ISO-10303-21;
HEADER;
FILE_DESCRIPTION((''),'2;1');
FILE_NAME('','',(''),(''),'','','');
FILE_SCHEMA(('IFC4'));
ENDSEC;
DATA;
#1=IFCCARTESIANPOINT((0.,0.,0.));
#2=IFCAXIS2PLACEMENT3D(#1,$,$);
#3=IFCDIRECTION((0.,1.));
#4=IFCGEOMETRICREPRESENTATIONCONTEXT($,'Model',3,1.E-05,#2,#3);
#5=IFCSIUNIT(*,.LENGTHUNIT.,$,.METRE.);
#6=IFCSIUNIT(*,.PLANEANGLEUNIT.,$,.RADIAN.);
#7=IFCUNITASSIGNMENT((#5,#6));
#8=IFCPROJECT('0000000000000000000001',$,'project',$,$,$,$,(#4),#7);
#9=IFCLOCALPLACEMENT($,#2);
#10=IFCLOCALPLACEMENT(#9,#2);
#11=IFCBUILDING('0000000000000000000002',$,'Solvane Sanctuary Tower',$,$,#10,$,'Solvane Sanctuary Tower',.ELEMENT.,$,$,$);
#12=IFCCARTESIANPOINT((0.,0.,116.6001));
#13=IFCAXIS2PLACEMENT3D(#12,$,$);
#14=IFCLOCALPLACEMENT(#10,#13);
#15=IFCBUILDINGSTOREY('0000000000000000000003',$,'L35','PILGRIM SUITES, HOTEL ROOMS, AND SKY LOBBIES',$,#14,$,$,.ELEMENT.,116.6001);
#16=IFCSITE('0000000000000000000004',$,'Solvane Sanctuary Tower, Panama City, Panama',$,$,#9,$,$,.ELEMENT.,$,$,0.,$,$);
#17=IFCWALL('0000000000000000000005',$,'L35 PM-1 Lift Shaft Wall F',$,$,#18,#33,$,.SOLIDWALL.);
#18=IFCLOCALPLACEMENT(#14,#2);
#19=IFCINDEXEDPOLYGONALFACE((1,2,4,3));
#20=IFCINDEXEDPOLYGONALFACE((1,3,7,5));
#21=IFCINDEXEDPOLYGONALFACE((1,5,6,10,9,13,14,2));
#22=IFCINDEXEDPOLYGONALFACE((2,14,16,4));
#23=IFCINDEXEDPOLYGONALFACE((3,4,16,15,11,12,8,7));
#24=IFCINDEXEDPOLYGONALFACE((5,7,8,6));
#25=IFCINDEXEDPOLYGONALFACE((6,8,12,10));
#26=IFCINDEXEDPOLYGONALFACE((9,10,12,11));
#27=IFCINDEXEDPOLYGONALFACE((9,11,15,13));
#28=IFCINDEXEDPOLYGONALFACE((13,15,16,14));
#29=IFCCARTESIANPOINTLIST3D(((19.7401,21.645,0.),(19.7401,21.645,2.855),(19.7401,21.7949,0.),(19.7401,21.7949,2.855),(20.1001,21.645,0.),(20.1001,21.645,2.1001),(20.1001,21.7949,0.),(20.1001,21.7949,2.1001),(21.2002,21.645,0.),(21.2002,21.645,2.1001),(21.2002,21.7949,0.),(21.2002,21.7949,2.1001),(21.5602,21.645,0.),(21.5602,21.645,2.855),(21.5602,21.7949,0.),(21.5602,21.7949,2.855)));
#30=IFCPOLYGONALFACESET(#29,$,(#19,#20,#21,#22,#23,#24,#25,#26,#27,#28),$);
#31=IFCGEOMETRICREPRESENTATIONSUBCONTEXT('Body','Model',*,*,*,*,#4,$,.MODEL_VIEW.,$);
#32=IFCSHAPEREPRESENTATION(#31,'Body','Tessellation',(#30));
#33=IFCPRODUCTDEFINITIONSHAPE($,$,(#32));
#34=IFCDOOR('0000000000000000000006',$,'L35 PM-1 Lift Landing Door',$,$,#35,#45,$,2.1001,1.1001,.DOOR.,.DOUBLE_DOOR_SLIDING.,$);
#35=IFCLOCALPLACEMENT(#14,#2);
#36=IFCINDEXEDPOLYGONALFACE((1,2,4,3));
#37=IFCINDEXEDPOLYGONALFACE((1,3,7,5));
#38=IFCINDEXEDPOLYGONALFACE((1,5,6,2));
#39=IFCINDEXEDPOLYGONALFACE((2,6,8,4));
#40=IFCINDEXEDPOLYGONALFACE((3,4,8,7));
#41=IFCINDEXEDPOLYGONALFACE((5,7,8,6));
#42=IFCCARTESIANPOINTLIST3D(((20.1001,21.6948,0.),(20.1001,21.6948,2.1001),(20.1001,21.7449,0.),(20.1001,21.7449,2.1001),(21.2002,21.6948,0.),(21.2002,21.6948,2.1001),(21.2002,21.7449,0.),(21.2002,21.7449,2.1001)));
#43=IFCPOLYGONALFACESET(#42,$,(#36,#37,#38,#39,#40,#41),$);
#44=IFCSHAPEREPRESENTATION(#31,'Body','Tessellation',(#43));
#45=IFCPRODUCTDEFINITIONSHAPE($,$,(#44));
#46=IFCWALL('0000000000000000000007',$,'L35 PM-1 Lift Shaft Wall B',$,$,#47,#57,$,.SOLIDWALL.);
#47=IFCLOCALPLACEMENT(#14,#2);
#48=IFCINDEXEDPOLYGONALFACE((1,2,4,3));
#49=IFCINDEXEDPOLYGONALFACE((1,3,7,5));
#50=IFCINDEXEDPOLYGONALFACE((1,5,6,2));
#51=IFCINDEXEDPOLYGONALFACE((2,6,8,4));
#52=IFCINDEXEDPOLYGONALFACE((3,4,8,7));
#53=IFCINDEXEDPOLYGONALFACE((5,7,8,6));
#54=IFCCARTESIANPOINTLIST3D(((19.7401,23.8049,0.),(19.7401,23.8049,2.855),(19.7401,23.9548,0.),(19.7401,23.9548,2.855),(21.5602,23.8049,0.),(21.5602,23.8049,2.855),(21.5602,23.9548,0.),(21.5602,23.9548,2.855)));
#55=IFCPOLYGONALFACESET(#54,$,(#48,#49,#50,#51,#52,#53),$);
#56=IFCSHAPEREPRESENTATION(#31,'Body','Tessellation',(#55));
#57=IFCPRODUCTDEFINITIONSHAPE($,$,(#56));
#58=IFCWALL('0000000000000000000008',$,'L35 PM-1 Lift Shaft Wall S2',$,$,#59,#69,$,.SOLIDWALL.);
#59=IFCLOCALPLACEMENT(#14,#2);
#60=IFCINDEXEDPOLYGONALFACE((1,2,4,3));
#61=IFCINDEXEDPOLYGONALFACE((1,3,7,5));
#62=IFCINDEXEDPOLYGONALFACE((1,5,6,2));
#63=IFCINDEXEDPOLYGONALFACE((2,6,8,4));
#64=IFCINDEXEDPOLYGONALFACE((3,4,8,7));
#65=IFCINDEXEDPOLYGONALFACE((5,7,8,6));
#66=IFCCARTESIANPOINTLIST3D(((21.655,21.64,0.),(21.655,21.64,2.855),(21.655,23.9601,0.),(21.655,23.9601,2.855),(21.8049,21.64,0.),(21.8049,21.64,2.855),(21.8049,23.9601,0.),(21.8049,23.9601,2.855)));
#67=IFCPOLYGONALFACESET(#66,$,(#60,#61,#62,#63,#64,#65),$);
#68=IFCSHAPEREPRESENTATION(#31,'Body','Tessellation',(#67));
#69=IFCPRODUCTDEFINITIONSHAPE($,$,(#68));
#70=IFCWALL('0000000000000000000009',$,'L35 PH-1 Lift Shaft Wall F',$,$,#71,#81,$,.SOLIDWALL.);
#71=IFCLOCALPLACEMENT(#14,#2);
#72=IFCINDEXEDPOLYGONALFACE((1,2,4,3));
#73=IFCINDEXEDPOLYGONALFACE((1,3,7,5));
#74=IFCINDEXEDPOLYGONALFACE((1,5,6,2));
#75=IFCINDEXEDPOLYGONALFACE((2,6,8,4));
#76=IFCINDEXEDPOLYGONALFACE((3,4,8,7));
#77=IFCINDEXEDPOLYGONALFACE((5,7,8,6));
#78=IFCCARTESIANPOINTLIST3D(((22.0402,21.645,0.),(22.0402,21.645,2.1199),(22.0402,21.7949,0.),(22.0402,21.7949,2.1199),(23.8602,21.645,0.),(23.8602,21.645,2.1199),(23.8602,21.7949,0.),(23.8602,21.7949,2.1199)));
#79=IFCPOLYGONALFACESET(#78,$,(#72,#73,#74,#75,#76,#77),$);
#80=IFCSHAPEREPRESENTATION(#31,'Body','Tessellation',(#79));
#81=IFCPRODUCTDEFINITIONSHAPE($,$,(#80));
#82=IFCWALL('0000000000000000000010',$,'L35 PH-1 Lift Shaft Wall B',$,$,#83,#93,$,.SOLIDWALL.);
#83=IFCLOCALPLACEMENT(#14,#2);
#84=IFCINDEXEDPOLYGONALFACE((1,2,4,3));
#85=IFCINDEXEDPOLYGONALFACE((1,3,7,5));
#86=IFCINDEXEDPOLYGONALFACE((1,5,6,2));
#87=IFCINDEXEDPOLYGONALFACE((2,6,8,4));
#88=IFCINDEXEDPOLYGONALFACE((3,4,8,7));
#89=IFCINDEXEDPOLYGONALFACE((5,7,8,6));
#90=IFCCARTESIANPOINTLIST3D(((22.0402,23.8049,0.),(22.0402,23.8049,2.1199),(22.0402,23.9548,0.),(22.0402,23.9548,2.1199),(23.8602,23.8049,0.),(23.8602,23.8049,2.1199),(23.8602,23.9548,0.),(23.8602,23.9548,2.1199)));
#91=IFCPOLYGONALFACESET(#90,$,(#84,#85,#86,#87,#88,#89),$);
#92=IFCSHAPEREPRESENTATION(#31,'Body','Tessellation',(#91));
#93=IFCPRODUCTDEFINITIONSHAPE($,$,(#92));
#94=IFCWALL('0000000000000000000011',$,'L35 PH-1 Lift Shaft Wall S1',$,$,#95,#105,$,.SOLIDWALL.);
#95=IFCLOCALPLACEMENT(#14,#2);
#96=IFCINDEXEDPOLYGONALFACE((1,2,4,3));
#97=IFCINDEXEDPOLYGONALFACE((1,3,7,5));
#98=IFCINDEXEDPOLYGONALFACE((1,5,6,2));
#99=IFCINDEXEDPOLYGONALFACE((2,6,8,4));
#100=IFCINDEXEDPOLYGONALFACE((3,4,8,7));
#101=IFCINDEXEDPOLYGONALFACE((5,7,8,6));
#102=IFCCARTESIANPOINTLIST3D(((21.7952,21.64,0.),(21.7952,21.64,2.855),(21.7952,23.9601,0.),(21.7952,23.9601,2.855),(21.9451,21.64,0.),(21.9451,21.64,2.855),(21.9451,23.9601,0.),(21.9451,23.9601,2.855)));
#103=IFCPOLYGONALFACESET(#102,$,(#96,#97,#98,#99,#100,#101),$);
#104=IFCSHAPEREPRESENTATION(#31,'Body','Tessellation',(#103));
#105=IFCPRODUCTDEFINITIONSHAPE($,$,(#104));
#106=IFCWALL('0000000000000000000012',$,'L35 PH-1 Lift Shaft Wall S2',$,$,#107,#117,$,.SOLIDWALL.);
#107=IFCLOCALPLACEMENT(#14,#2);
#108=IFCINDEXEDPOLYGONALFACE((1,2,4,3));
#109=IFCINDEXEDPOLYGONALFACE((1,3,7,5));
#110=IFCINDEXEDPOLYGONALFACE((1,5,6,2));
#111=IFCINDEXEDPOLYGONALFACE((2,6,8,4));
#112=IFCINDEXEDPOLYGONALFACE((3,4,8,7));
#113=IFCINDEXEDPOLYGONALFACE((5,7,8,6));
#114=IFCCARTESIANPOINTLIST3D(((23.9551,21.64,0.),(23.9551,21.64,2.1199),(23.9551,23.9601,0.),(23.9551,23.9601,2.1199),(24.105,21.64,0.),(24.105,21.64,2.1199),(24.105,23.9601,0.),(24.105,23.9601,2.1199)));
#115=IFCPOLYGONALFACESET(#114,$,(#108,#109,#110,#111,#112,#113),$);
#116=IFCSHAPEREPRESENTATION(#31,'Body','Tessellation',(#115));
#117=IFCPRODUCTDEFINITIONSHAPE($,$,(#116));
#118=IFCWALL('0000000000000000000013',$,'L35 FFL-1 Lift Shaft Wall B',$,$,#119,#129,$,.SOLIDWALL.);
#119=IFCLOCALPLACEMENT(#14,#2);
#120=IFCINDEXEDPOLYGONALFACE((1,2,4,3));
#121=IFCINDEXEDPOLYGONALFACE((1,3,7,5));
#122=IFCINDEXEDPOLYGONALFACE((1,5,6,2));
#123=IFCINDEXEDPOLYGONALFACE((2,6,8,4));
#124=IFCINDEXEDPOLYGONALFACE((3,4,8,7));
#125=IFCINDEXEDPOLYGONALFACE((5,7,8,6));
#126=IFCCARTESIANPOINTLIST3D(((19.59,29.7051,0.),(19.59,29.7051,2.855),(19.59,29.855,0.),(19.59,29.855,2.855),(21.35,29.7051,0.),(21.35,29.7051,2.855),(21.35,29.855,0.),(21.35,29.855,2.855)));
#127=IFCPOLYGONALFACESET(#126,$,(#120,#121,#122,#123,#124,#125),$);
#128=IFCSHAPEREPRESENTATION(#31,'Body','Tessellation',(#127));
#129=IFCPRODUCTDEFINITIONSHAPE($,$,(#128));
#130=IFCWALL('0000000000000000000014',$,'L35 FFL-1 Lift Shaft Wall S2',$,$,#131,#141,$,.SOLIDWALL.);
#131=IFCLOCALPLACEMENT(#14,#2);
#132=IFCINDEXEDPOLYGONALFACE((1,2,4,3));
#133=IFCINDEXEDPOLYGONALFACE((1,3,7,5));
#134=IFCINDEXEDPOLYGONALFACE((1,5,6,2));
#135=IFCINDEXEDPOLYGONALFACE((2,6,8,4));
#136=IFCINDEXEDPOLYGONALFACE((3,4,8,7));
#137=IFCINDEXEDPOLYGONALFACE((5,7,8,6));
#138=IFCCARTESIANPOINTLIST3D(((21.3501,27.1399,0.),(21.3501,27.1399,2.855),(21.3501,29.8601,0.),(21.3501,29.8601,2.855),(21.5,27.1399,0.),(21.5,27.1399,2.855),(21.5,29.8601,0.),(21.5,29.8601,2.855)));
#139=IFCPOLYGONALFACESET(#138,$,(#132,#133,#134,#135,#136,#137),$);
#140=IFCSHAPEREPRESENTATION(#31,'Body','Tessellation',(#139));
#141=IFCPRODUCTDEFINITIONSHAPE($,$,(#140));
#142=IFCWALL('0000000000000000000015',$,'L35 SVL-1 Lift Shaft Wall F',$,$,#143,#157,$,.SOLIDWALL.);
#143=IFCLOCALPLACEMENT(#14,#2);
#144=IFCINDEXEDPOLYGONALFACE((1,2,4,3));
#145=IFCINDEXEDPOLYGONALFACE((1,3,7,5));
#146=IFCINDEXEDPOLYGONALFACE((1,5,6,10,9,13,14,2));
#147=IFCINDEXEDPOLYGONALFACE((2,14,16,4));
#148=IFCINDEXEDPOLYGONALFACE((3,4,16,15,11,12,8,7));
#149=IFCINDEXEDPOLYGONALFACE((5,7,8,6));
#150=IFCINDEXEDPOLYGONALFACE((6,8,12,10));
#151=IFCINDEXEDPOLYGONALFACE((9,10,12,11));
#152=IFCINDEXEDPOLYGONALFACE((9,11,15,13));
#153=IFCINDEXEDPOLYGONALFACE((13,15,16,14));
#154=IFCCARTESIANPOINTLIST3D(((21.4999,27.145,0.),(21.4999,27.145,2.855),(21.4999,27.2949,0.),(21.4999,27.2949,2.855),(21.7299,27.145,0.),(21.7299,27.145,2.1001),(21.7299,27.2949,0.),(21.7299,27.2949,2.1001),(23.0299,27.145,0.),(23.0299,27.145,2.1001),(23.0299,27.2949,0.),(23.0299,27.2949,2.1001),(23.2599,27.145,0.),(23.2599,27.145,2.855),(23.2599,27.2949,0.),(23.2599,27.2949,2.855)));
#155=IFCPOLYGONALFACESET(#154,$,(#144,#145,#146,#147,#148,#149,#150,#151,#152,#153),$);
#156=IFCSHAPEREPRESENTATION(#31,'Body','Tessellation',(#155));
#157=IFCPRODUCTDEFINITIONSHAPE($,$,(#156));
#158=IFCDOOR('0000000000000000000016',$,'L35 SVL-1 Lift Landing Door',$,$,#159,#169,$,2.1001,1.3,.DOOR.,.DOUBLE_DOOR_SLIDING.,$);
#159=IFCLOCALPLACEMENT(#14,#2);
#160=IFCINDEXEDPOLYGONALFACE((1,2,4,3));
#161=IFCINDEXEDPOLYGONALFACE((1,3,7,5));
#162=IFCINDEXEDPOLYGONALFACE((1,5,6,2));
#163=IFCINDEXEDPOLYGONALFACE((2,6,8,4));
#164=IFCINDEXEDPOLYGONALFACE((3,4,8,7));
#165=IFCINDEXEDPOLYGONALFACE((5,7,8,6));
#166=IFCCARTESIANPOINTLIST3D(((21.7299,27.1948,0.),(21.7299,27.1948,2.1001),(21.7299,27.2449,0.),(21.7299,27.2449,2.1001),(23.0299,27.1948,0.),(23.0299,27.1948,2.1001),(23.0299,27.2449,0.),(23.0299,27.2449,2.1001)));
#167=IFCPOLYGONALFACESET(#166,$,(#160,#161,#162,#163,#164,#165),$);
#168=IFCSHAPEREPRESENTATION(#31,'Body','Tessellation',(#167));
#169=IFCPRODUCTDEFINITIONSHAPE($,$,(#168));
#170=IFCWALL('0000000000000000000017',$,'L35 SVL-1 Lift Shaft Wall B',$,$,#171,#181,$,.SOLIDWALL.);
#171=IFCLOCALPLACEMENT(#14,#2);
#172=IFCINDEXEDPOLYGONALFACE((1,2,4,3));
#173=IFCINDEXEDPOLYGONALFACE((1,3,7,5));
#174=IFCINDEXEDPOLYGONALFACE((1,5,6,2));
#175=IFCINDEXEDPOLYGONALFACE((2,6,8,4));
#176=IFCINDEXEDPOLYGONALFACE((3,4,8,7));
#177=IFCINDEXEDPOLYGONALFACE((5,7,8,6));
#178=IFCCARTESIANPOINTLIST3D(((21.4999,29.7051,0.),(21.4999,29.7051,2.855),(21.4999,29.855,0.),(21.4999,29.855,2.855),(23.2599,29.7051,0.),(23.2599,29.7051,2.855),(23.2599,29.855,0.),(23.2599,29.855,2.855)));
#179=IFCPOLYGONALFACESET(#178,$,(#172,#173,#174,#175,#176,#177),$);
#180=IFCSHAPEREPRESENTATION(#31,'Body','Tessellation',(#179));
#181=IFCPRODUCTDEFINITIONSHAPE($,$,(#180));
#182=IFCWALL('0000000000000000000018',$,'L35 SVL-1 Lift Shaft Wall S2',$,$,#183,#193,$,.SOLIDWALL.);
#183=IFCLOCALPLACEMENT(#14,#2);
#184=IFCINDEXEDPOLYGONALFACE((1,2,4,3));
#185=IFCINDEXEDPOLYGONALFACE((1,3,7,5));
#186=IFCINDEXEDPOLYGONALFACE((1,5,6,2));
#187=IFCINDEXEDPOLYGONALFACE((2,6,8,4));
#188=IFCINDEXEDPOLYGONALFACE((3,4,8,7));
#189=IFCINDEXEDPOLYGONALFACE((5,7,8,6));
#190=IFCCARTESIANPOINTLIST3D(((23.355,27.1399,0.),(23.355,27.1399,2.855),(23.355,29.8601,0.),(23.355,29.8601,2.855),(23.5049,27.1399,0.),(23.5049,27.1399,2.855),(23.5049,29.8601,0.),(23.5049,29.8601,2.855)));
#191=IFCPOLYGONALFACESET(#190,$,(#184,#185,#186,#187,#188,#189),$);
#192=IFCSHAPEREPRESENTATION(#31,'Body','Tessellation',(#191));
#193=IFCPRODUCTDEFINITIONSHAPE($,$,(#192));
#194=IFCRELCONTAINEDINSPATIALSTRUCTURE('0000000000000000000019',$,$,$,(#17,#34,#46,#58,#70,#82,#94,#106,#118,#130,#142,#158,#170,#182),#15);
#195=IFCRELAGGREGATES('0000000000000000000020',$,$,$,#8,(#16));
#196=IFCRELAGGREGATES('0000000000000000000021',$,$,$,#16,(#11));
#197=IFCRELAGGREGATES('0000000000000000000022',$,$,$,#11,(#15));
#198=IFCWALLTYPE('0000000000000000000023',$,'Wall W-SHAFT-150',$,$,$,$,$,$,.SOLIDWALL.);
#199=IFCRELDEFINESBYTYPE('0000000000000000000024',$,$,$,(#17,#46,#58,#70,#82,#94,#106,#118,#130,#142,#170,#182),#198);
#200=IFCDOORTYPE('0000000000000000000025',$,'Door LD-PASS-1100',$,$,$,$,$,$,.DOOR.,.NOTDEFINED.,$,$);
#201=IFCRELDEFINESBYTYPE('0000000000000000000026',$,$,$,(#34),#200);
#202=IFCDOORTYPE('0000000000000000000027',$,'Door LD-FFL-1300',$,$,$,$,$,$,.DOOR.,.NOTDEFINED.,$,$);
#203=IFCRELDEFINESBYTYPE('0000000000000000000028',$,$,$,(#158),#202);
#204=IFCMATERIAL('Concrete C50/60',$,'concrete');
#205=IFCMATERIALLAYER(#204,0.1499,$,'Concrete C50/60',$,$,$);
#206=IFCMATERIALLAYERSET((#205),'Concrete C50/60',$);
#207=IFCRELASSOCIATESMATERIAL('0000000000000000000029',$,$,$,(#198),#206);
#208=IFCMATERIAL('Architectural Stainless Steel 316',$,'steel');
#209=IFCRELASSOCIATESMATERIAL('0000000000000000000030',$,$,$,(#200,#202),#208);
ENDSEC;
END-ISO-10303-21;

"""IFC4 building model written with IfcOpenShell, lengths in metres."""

from ifc_helpers import new_model, si_unit, direction, frame, frame_2d, origin, place, context, subcontext, project, spatial, rectangle, extrude, material, layer, layer_set, type_object, element, fill, save


model = new_model("IFC4")

# Units and contexts
model_context = context("Model", 3, precision=1e-05, world=origin(), true_north=direction((0.0, 1.0)))
body_context = subcontext(model_context, "Body", "Model", "MODEL_VIEW")
ifc_project = project(units=[si_unit("LENGTHUNIT", "METRE"), si_unit("PLANEANGLEUNIT", "RADIAN")], contexts=[model_context])

# Site, building, storey
site_placement = place(None, origin())
site = spatial("IfcSite", under=ifc_project, at=site_placement, Name="Solvane Sanctuary Tower, Panama City, Panama", CompositionType="ELEMENT", RefElevation=0.0)
building_placement = place(site_placement, origin())
building = spatial("IfcBuilding", under=site, at=building_placement, Name="Solvane Sanctuary Tower", LongName="Solvane Sanctuary Tower", CompositionType="ELEMENT")
storey_placement = place(building_placement, frame((0.0, 0.0, 116.6001)))
storey = spatial("IfcBuildingStorey", under=building, at=storey_placement, Name="L35", Description="PILGRIM SUITES, HOTEL ROOMS, AND SKY LOBBIES", CompositionType="ELEMENT", Elevation=116.6001)

# Shared definitions
ifc_material_1 = material(Name="Architectural Stainless Steel 316", Category="steel")

# Wall, opening, door
ifc_material_2 = material(Name="Concrete C50/60", Category="concrete")
ifc_layer_1 = layer(ifc_material_2, 0.1499, Name="Concrete C50/60")
ifc_layer_set_1 = layer_set([ifc_layer_1], Name="Concrete C50/60")
wall_type_1 = type_object("IfcWallType", Name="Wall W-SHAFT-150", PredefinedType="SOLIDWALL", material=ifc_layer_set_1)
wall_1_placement = place(storey_placement, frame((19.74, 21.72, 0.0), z_axis=(0.0, 0.0, 1.0), x_axis=(1.0, 0.0, 0.0)))
wall_1 = element("IfcWall", 1, at=wall_1_placement, inside=storey, type_object=wall_type_1, Name="L35 PM-1 Lift Shaft Wall F", PredefinedType="SOLIDWALL", context=body_context, shape_type="SweptSolid", body=[
    extrude(rectangle(XDim=1.8201, YDim=0.1499, at=frame_2d((0.9102, 0.0))), origin(), (0.0, 0.0, 1.0), 2.855),
])
opening_1_placement = place(wall_1_placement, frame((0.3601, 0.0, 0.0)))
opening_1 = element("IfcOpeningElement", 2, at=opening_1_placement, cuts=wall_1, PredefinedType="OPENING", context=body_context, shape_type="SweptSolid", body=[
    extrude(rectangle(XDim=1.1001, YDim=2.1001, at=frame_2d((0.55, 1.05))), frame((0.0, 0.085, 0.0), z_axis=(0.0, -1.0, 0.0), x_axis=(1.0, 0.0, 0.0)), (0.0, 0.0, 1.0), 0.1699),
])
door_type_1 = type_object("IfcDoorType", Name="Door LD-PASS-1100", OperationType="NOTDEFINED", PredefinedType="DOOR", material=ifc_material_1)
door_1_placement = place(opening_1_placement, origin())
door_1 = element("IfcDoor", 3, at=door_1_placement, inside=storey, type_object=door_type_1, Name="L35 PM-1 Lift Landing Door", OperationType="DOUBLE_DOOR_SLIDING", OverallHeight=2.1001, OverallWidth=1.1001, PredefinedType="DOOR", context=body_context, shape_type="SweptSolid", body=[
    extrude(rectangle(XDim=1.1001, YDim=2.1001, at=frame_2d((0.55, 1.05))), frame((0.0, 0.0249, 0.0), z_axis=(0.0, -1.0, 0.0), x_axis=(1.0, 0.0, 0.0)), (0.0, 0.0, 1.0), 0.05),
])
fill(opening_1, door_1)

# Walls
wall_2_placement = place(storey_placement, frame((19.74, 23.8799, 0.0), z_axis=(0.0, 0.0, 1.0), x_axis=(1.0, 0.0, 0.0)))
element("IfcWall", 4, at=wall_2_placement, inside=storey, type_object=wall_type_1, Name="L35 PM-1 Lift Shaft Wall B", PredefinedType="SOLIDWALL", context=body_context, shape_type="SweptSolid", body=[
    extrude(rectangle(XDim=1.8201, YDim=0.1499, at=frame_2d((0.9102, 0.0))), origin(), (0.0, 0.0, 1.0), 2.855),
])
wall_3_placement = place(storey_placement, frame((21.73, 21.6399, 0.0), z_axis=(0.0, 0.0, 1.0), x_axis=(0.0, 1.0, 0.0)))
element("IfcWall", 5, at=wall_3_placement, inside=storey, type_object=wall_type_1, Name="L35 PM-1 Lift Shaft Wall S2", PredefinedType="SOLIDWALL", context=body_context, shape_type="SweptSolid", body=[
    extrude(rectangle(XDim=2.3201, YDim=0.1499, at=frame_2d((1.1602, 0.0))), origin(), (0.0, 0.0, 1.0), 2.855),
])
for number, where, z_axis, x_axis, name in (
    (6, (22.04, 21.72, 0.0), (0.0, 0.0, 1.0), (1.0, 0.0, 0.0), "L35 PH-1 Lift Shaft Wall F"),
    (7, (22.04, 23.8799, 0.0), (0.0, 0.0, 1.0), (1.0, 0.0, 0.0), "L35 PH-1 Lift Shaft Wall B"),
):
    element("IfcWall", number, at=place(storey_placement, frame(where, z_axis=z_axis, x_axis=x_axis)), inside=storey, type_object=wall_type_1, Name=name, PredefinedType="SOLIDWALL", context=body_context, shape_type="SweptSolid", body=[
        extrude(rectangle(XDim=1.8201, YDim=0.1499, at=frame_2d((0.9102, 0.0))), origin(), (0.0, 0.0, 1.0), 2.1199),
    ])
wall_4_placement = place(storey_placement, frame((21.8701, 21.6399, 0.0), z_axis=(0.0, 0.0, 1.0), x_axis=(0.0, 1.0, 0.0)))
element("IfcWall", 8, at=wall_4_placement, inside=storey, type_object=wall_type_1, Name="L35 PH-1 Lift Shaft Wall S1", PredefinedType="SOLIDWALL", context=body_context, shape_type="SweptSolid", body=[
    extrude(rectangle(XDim=2.3201, YDim=0.1499, at=frame_2d((1.1602, 0.0))), origin(), (0.0, 0.0, 1.0), 2.855),
])
wall_5_placement = place(storey_placement, frame((24.03, 21.6399, 0.0), z_axis=(0.0, 0.0, 1.0), x_axis=(0.0, 1.0, 0.0)))
element("IfcWall", 9, at=wall_5_placement, inside=storey, type_object=wall_type_1, Name="L35 PH-1 Lift Shaft Wall S2", PredefinedType="SOLIDWALL", context=body_context, shape_type="SweptSolid", body=[
    extrude(rectangle(XDim=2.3201, YDim=0.1499, at=frame_2d((1.1602, 0.0))), origin(), (0.0, 0.0, 1.0), 2.1199),
])
wall_6_placement = place(storey_placement, frame((19.5901, 29.78, 0.0), z_axis=(0.0, 0.0, 1.0), x_axis=(1.0, 0.0, 0.0)))
element("IfcWall", 10, at=wall_6_placement, inside=storey, type_object=wall_type_1, Name="L35 FFL-1 Lift Shaft Wall B", PredefinedType="SOLIDWALL", context=body_context, shape_type="SweptSolid", body=[
    extrude(rectangle(XDim=1.76, YDim=0.1499, at=frame_2d((0.8799, 0.0))), origin(), (0.0, 0.0, 1.0), 2.855),
])
wall_7_placement = place(storey_placement, frame((21.425, 27.1399, 0.0), z_axis=(0.0, 0.0, 1.0), x_axis=(0.0, 1.0, 0.0)))
element("IfcWall", 11, at=wall_7_placement, inside=storey, type_object=wall_type_1, Name="L35 FFL-1 Lift Shaft Wall S2", PredefinedType="SOLIDWALL", context=body_context, shape_type="SweptSolid", body=[
    extrude(rectangle(XDim=2.7202, YDim=0.1499, at=frame_2d((1.3601, 0.0))), origin(), (0.0, 0.0, 1.0), 2.855),
])

# Wall, opening, door
wall_8_placement = place(storey_placement, frame((21.5, 27.22, 0.0), z_axis=(0.0, 0.0, 1.0), x_axis=(1.0, 0.0, 0.0)))
wall_8 = element("IfcWall", 12, at=wall_8_placement, inside=storey, type_object=wall_type_1, Name="L35 SVL-1 Lift Shaft Wall F", PredefinedType="SOLIDWALL", context=body_context, shape_type="SweptSolid", body=[
    extrude(rectangle(XDim=1.76, YDim=0.1499, at=frame_2d((0.8799, 0.0))), origin(), (0.0, 0.0, 1.0), 2.855),
])
opening_2_placement = place(wall_8_placement, frame((0.23, 0.0, 0.0)))
opening_2 = element("IfcOpeningElement", 13, at=opening_2_placement, cuts=wall_8, PredefinedType="OPENING", context=body_context, shape_type="SweptSolid", body=[
    extrude(rectangle(XDim=1.3, YDim=2.1001, at=frame_2d((0.6499, 1.05))), frame((0.0, 0.085, 0.0), z_axis=(0.0, -1.0, 0.0), x_axis=(1.0, 0.0, 0.0)), (0.0, 0.0, 1.0), 0.1699),
])
door_type_2 = type_object("IfcDoorType", Name="Door LD-FFL-1300", OperationType="NOTDEFINED", PredefinedType="DOOR", material=ifc_material_1)
door_2_placement = place(opening_2_placement, origin())
door_2 = element("IfcDoor", 14, at=door_2_placement, inside=storey, type_object=door_type_2, Name="L35 SVL-1 Lift Landing Door", OperationType="DOUBLE_DOOR_SLIDING", OverallHeight=2.1001, OverallWidth=1.3, PredefinedType="DOOR", context=body_context, shape_type="SweptSolid", body=[
    extrude(rectangle(XDim=1.3, YDim=2.1001, at=frame_2d((0.6499, 1.05))), frame((0.0, 0.0249, 0.0), z_axis=(0.0, -1.0, 0.0), x_axis=(1.0, 0.0, 0.0)), (0.0, 0.0, 1.0), 0.05),
])
fill(opening_2, door_2)

# Walls
wall_9_placement = place(storey_placement, frame((21.5, 29.78, 0.0), z_axis=(0.0, 0.0, 1.0), x_axis=(1.0, 0.0, 0.0)))
element("IfcWall", 15, at=wall_9_placement, inside=storey, type_object=wall_type_1, Name="L35 SVL-1 Lift Shaft Wall B", PredefinedType="SOLIDWALL", context=body_context, shape_type="SweptSolid", body=[
    extrude(rectangle(XDim=1.76, YDim=0.1499, at=frame_2d((0.8799, 0.0))), origin(), (0.0, 0.0, 1.0), 2.855),
])
wall_10_placement = place(storey_placement, frame((23.4299, 27.1399, 0.0), z_axis=(0.0, 0.0, 1.0), x_axis=(0.0, 1.0, 0.0)))
element("IfcWall", 16, at=wall_10_placement, inside=storey, type_object=wall_type_1, Name="L35 SVL-1 Lift Shaft Wall S2", PredefinedType="SOLIDWALL", context=body_context, shape_type="SweptSolid", body=[
    extrude(rectangle(XDim=2.7202, YDim=0.1499, at=frame_2d((1.3601, 0.0))), origin(), (0.0, 0.0, 1.0), 2.855),
])

save(model, "model.ifc")
